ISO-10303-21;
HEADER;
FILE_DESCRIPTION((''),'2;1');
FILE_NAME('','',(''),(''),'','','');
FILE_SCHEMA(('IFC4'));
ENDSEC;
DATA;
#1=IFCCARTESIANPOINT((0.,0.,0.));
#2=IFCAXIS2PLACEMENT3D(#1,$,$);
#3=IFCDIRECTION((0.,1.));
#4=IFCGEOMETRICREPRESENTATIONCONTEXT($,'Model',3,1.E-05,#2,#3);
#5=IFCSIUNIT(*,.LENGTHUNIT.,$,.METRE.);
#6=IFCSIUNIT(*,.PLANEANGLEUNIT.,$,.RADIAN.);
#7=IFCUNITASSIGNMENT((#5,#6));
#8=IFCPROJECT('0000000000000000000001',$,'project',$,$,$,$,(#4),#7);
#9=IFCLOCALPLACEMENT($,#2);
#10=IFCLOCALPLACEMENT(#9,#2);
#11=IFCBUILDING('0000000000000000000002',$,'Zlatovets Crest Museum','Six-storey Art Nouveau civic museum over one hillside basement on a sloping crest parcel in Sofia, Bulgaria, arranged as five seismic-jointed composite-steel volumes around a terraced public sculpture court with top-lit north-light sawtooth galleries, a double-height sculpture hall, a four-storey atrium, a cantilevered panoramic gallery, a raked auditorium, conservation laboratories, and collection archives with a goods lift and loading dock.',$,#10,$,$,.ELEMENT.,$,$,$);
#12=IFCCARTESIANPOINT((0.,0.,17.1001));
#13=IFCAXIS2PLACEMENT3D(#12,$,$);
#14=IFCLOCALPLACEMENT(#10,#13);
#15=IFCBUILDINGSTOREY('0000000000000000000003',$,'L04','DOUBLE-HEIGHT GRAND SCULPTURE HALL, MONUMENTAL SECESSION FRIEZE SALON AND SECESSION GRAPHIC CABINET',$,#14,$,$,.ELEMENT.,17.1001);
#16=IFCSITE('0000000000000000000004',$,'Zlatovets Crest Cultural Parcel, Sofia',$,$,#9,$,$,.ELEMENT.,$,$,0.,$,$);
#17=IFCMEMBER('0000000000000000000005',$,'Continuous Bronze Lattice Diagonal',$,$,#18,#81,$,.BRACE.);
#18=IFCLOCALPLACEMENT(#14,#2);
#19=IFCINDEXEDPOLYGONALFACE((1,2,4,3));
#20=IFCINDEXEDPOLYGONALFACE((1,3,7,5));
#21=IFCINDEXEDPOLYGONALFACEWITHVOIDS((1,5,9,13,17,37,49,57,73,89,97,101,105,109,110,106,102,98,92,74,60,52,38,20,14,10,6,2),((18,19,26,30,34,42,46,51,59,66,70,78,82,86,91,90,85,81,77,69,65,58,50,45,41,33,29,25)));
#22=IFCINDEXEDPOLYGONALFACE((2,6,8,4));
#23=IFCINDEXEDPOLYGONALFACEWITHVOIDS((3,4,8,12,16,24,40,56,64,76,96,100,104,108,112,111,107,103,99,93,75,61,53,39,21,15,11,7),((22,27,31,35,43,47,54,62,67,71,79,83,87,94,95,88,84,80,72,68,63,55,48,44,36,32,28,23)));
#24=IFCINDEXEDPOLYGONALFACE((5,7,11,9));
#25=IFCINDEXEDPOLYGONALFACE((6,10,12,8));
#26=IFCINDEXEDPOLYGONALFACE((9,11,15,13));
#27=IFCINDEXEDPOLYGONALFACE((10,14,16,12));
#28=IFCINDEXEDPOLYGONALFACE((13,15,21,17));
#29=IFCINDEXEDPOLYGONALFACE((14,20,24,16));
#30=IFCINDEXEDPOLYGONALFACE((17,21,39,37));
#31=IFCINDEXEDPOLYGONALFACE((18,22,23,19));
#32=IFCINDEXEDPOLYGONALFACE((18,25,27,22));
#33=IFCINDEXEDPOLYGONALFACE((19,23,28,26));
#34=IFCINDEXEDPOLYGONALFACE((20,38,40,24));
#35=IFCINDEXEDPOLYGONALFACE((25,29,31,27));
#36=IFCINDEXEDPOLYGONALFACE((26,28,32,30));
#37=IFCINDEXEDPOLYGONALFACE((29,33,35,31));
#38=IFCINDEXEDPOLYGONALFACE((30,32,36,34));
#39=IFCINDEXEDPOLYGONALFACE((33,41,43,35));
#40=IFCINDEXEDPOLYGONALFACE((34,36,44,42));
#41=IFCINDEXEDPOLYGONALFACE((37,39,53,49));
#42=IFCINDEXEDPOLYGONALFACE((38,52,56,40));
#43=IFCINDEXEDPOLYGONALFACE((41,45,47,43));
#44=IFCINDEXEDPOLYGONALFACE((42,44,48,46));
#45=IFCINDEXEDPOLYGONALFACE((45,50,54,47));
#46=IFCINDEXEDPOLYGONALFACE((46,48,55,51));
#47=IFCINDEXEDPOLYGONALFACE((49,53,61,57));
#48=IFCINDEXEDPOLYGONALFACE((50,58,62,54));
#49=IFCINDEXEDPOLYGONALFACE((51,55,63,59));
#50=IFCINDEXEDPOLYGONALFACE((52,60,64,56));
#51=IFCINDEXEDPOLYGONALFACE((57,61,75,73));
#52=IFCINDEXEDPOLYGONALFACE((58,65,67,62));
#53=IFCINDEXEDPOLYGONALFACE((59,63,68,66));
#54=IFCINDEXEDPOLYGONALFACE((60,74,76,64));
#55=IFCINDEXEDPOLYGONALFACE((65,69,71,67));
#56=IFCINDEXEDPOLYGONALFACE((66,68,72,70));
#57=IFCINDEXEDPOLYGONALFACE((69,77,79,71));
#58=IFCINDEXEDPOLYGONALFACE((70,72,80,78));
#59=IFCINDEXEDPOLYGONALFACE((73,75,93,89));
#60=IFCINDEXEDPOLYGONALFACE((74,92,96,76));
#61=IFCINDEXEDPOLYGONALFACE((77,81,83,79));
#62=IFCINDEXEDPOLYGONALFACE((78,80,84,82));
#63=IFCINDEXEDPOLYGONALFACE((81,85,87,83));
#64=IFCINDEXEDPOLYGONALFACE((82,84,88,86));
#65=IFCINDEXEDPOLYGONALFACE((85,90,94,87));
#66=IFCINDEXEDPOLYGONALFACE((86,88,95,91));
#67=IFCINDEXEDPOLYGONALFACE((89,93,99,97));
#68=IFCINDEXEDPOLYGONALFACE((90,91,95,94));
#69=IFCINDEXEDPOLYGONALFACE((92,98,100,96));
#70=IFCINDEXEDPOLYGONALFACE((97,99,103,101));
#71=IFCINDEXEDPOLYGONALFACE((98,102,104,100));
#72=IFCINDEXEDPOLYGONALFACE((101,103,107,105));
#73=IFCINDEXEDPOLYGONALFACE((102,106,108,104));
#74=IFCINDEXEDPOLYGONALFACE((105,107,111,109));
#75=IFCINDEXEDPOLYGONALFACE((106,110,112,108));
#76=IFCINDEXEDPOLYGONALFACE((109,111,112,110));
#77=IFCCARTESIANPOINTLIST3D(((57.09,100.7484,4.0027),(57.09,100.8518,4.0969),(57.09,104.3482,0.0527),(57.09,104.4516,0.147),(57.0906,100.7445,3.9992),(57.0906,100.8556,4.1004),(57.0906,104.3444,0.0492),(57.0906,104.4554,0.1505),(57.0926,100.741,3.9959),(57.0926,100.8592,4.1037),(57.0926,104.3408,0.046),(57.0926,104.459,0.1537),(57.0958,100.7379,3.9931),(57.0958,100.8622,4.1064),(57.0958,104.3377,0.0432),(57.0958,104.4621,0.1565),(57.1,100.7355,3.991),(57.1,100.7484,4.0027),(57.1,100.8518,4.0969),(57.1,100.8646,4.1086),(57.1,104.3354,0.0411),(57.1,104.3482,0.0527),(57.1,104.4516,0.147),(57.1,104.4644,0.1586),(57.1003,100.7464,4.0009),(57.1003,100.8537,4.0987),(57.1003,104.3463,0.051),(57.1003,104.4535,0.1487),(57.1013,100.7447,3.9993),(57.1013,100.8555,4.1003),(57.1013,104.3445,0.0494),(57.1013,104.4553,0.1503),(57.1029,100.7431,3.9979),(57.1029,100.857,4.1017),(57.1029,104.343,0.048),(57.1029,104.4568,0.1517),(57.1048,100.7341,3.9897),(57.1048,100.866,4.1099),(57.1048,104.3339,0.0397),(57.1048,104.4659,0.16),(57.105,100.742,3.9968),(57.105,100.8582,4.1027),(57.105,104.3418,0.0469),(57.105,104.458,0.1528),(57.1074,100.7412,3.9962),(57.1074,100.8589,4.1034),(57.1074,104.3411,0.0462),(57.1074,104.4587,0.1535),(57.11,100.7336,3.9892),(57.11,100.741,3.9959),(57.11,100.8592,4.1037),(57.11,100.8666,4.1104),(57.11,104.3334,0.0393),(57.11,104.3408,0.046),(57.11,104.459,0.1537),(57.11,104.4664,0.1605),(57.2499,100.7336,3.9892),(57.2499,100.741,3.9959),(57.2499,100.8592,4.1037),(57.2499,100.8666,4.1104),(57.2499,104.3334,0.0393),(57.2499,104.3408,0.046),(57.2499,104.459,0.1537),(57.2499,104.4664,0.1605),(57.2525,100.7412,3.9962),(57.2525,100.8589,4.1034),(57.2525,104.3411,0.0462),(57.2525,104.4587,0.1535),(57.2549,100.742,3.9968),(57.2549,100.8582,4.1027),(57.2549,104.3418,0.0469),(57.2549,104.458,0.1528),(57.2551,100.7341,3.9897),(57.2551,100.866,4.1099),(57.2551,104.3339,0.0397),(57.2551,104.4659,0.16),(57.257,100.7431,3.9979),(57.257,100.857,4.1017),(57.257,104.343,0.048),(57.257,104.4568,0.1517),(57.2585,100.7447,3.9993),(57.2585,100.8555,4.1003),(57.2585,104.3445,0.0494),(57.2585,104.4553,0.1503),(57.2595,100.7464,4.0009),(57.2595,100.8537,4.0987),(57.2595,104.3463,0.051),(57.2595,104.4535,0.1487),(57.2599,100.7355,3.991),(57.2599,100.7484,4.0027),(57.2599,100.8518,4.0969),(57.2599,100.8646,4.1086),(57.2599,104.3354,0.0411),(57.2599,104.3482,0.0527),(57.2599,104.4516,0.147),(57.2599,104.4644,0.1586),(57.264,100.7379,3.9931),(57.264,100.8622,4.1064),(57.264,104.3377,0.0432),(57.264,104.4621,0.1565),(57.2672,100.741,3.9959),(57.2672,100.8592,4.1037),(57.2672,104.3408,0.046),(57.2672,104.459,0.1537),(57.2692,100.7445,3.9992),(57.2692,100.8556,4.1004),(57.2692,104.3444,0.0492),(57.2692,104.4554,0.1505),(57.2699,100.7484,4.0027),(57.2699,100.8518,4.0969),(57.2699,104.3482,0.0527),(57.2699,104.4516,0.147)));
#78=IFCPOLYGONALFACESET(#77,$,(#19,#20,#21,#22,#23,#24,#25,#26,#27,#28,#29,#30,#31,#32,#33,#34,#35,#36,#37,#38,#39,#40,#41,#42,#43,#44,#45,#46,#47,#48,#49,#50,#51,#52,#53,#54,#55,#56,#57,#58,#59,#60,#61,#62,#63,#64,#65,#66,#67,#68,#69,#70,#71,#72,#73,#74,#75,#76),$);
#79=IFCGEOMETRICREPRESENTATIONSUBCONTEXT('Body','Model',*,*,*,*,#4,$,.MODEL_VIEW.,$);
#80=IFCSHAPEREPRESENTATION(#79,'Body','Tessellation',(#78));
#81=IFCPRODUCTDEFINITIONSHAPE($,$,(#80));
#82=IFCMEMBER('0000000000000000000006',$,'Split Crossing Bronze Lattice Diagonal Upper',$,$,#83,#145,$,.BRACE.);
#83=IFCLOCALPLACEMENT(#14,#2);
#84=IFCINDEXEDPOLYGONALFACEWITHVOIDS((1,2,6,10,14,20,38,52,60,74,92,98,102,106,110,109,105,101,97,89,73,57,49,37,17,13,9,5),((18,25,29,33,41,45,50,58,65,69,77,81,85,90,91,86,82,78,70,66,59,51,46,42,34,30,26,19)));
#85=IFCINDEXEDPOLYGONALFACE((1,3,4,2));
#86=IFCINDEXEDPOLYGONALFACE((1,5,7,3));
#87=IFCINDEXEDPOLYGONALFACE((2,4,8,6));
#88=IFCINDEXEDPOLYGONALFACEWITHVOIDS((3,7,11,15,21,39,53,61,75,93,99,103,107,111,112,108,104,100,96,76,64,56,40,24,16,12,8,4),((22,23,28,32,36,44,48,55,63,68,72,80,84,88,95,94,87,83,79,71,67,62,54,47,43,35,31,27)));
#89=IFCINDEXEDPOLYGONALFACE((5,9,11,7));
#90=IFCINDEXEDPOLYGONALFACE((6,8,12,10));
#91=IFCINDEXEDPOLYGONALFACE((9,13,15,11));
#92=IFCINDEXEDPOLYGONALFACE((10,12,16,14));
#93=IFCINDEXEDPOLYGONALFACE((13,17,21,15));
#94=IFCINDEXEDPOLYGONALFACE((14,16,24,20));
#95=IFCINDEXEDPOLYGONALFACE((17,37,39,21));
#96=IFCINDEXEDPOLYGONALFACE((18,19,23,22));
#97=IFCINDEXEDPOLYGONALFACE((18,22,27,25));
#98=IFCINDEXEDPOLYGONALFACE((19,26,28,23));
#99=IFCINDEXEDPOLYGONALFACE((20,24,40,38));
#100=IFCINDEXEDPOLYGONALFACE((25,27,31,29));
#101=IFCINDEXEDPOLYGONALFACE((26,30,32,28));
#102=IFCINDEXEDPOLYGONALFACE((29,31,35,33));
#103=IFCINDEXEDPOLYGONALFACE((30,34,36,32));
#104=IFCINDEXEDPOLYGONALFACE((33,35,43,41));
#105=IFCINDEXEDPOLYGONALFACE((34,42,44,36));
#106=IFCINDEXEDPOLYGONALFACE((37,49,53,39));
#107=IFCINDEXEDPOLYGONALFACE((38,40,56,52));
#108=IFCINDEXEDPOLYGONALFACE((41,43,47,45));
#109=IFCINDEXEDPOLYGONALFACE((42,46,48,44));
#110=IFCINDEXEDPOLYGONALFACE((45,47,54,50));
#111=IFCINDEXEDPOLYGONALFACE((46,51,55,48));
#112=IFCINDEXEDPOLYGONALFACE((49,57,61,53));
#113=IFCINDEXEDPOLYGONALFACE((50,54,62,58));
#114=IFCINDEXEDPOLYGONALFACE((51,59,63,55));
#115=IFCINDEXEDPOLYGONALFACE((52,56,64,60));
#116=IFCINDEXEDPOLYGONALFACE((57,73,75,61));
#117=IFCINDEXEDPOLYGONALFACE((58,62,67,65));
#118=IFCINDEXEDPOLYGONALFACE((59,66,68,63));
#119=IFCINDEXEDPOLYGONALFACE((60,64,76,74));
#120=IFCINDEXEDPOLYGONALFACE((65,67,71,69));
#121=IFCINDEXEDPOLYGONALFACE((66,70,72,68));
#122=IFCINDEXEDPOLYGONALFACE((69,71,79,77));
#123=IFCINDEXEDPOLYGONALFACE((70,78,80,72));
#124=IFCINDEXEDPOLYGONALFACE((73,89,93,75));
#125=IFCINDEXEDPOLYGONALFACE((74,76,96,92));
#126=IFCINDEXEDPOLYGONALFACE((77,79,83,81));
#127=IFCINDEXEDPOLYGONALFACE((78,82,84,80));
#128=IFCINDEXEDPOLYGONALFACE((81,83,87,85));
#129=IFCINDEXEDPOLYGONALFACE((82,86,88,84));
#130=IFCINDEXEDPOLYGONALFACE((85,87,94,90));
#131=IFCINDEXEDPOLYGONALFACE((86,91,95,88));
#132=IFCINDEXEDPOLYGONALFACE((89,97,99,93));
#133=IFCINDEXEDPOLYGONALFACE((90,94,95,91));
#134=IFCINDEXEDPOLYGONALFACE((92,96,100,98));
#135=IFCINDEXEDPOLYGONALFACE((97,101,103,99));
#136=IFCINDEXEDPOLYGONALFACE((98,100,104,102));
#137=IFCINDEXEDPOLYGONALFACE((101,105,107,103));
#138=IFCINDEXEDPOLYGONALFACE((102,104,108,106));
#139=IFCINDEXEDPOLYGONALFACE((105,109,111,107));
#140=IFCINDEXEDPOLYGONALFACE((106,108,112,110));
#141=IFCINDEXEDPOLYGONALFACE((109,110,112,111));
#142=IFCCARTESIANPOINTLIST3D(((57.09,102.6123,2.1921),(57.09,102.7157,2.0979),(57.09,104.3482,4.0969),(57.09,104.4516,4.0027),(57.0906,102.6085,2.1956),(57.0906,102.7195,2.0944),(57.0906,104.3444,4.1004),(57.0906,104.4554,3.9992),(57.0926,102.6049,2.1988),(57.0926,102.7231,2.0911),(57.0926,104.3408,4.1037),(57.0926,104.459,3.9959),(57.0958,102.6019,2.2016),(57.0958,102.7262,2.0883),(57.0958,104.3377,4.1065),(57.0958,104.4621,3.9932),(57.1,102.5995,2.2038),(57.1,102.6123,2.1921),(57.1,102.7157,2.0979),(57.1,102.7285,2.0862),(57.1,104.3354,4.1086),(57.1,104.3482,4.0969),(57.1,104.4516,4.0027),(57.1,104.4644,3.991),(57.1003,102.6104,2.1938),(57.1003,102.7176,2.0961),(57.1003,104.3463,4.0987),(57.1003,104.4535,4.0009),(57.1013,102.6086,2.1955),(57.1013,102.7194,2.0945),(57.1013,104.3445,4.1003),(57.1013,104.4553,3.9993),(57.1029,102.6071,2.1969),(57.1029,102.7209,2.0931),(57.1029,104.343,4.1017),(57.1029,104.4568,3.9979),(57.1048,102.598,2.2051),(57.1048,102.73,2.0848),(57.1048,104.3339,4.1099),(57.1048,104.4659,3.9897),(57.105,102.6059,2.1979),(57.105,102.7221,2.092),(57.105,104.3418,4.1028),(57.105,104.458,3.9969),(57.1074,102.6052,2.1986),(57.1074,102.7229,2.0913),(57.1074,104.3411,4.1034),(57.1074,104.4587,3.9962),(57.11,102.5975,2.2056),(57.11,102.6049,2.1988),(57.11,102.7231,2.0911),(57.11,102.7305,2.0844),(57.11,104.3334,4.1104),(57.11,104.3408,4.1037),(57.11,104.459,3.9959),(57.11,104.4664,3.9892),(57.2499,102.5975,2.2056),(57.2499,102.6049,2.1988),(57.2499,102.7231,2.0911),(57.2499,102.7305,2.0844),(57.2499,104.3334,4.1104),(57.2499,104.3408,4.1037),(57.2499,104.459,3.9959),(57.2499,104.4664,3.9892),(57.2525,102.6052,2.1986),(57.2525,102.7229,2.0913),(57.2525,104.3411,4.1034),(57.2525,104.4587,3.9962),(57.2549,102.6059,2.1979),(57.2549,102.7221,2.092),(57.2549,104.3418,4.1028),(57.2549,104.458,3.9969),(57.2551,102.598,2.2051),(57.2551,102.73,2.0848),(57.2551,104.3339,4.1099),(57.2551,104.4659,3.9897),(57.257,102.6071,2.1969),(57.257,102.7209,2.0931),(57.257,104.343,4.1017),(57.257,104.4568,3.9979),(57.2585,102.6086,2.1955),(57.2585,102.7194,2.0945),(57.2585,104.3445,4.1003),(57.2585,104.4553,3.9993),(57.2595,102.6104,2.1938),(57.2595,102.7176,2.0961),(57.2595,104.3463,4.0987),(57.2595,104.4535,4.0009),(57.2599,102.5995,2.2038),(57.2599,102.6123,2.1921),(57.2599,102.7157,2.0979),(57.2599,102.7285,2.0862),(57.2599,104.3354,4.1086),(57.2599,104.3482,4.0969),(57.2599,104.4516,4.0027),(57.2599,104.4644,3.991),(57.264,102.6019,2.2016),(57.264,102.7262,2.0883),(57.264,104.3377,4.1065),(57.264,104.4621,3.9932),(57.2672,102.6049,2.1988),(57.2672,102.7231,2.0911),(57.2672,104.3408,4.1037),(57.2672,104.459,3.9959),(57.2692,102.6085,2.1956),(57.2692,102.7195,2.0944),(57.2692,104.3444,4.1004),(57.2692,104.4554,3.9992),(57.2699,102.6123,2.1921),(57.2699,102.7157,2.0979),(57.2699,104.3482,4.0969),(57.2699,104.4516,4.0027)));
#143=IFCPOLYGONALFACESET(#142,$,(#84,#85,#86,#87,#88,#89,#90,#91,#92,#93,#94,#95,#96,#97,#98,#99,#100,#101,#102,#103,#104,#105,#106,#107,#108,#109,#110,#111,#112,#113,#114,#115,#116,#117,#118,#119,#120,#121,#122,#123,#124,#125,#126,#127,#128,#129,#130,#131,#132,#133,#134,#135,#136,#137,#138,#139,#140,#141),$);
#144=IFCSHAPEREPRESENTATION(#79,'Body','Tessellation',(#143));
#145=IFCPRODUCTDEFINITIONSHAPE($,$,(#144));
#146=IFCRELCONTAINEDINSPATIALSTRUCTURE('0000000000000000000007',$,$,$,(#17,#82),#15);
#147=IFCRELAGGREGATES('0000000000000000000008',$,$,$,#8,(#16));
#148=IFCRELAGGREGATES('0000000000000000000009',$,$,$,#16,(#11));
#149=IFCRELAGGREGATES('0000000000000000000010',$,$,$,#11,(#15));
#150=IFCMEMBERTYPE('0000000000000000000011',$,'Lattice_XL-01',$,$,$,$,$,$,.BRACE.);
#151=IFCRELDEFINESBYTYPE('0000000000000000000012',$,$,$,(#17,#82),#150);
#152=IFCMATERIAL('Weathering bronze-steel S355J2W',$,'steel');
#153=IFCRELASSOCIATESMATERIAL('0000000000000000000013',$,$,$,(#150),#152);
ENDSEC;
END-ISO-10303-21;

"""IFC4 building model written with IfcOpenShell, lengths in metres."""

from ifc_helpers import new_model, si_unit, direction, frame, origin, origin_2d, place, context, subcontext, project, spatial, hollow_rectangle, extrude, material, material_profile, profile_set, type_object, element, save


model = new_model("IFC4")

# Units and contexts
model_context = context("Model", 3, precision=1e-05, world=origin(), true_north=direction((0.0, 1.0)))
body_context = subcontext(model_context, "Body", "Model", "MODEL_VIEW")
ifc_project = project(units=[si_unit("LENGTHUNIT", "METRE"), si_unit("PLANEANGLEUNIT", "RADIAN")], contexts=[model_context])

# Site, building, storey
site_placement = place(None, origin())
site = spatial("IfcSite", under=ifc_project, at=site_placement, Name="Zlatovets Crest Cultural Parcel, Sofia", CompositionType="ELEMENT", RefElevation=0.0)
building_placement = place(site_placement, origin())
building = spatial("IfcBuilding", under=site, at=building_placement, Name="Zlatovets Crest Museum", Description="Six-storey Art Nouveau civic museum over one hillside basement on a sloping crest parcel in Sofia, Bulgaria, arranged as five seismic-jointed composite-steel volumes around a terraced public sculpture court with top-lit north-light sawtooth galleries, a double-height sculpture hall, a four-storey atrium, a cantilevered panoramic gallery, a raked auditorium, conservation laboratories, and collection archives with a goods lift and loading dock.", CompositionType="ELEMENT")
storey_placement = place(building_placement, frame((0.0, 0.0, 17.1001)))
storey = spatial("IfcBuildingStorey", under=building, at=storey_placement, Name="L04", Description="DOUBLE-HEIGHT GRAND SCULPTURE HALL, MONUMENTAL SECESSION FRIEZE SALON AND SECESSION GRAPHIC CABINET", CompositionType="ELEMENT", Elevation=17.1001)

# Members
ifc_material_1 = material(Name="Weathering bronze-steel S355J2W", Category="steel")
ifc_material_profile_1 = material_profile(ifc_material_1, hollow_rectangle(XDim=0.1799, YDim=0.1799, WallThickness=0.01, InnerFilletRadius=0.01, OuterFilletRadius=0.02, at=origin_2d()), Name="SHS 180x180x10.0")
ifc_profile_set_1 = profile_set([ifc_material_profile_1], Name="Weathering bronze-steel S355J2W")
member_type_1 = type_object("IfcMemberType", Name="Lattice_XL-01", PredefinedType="BRACE", material=ifc_profile_set_1)
member_1_placement = place(storey_placement, frame((57.1799, 104.3999, 0.0999), z_axis=(0.0, -0.673593, 0.739102), x_axis=(1.0, 0.0, 0.0)))
element("IfcMember", 1, at=member_1_placement, inside=storey, type_object=member_type_1, Name="Continuous Bronze Lattice Diagonal", PredefinedType="BRACE", context=body_context, shape_type="SweptSolid", body=[
    extrude(hollow_rectangle(XDim=0.1799, YDim=0.1799, WallThickness=0.01, InnerFilletRadius=0.01, OuterFilletRadius=0.02, at=origin_2d()), origin(), (0.0, 0.0, 1.0), 5.3442),
])
for number, where, z_axis, x_axis, name in (
    (2, (57.1799, 104.3999, 4.0498), (0.0, -0.673568, -0.739125), (1.0, 0.0, 0.0), "Split Crossing Bronze Lattice Diagonal Upper"),
):
    element("IfcMember", number, at=place(storey_placement, frame(where, z_axis=z_axis, x_axis=x_axis)), inside=storey, type_object=member_type_1, Name=name, PredefinedType="BRACE", context=body_context, shape_type="SweptSolid", body=[
        extrude(hollow_rectangle(XDim=0.1799, YDim=0.1799, WallThickness=0.01, InnerFilletRadius=0.01, OuterFilletRadius=0.02, at=origin_2d()), origin(), (0.0, 0.0, 1.0), 2.5771),
    ])

save(model, "model.ifc")
